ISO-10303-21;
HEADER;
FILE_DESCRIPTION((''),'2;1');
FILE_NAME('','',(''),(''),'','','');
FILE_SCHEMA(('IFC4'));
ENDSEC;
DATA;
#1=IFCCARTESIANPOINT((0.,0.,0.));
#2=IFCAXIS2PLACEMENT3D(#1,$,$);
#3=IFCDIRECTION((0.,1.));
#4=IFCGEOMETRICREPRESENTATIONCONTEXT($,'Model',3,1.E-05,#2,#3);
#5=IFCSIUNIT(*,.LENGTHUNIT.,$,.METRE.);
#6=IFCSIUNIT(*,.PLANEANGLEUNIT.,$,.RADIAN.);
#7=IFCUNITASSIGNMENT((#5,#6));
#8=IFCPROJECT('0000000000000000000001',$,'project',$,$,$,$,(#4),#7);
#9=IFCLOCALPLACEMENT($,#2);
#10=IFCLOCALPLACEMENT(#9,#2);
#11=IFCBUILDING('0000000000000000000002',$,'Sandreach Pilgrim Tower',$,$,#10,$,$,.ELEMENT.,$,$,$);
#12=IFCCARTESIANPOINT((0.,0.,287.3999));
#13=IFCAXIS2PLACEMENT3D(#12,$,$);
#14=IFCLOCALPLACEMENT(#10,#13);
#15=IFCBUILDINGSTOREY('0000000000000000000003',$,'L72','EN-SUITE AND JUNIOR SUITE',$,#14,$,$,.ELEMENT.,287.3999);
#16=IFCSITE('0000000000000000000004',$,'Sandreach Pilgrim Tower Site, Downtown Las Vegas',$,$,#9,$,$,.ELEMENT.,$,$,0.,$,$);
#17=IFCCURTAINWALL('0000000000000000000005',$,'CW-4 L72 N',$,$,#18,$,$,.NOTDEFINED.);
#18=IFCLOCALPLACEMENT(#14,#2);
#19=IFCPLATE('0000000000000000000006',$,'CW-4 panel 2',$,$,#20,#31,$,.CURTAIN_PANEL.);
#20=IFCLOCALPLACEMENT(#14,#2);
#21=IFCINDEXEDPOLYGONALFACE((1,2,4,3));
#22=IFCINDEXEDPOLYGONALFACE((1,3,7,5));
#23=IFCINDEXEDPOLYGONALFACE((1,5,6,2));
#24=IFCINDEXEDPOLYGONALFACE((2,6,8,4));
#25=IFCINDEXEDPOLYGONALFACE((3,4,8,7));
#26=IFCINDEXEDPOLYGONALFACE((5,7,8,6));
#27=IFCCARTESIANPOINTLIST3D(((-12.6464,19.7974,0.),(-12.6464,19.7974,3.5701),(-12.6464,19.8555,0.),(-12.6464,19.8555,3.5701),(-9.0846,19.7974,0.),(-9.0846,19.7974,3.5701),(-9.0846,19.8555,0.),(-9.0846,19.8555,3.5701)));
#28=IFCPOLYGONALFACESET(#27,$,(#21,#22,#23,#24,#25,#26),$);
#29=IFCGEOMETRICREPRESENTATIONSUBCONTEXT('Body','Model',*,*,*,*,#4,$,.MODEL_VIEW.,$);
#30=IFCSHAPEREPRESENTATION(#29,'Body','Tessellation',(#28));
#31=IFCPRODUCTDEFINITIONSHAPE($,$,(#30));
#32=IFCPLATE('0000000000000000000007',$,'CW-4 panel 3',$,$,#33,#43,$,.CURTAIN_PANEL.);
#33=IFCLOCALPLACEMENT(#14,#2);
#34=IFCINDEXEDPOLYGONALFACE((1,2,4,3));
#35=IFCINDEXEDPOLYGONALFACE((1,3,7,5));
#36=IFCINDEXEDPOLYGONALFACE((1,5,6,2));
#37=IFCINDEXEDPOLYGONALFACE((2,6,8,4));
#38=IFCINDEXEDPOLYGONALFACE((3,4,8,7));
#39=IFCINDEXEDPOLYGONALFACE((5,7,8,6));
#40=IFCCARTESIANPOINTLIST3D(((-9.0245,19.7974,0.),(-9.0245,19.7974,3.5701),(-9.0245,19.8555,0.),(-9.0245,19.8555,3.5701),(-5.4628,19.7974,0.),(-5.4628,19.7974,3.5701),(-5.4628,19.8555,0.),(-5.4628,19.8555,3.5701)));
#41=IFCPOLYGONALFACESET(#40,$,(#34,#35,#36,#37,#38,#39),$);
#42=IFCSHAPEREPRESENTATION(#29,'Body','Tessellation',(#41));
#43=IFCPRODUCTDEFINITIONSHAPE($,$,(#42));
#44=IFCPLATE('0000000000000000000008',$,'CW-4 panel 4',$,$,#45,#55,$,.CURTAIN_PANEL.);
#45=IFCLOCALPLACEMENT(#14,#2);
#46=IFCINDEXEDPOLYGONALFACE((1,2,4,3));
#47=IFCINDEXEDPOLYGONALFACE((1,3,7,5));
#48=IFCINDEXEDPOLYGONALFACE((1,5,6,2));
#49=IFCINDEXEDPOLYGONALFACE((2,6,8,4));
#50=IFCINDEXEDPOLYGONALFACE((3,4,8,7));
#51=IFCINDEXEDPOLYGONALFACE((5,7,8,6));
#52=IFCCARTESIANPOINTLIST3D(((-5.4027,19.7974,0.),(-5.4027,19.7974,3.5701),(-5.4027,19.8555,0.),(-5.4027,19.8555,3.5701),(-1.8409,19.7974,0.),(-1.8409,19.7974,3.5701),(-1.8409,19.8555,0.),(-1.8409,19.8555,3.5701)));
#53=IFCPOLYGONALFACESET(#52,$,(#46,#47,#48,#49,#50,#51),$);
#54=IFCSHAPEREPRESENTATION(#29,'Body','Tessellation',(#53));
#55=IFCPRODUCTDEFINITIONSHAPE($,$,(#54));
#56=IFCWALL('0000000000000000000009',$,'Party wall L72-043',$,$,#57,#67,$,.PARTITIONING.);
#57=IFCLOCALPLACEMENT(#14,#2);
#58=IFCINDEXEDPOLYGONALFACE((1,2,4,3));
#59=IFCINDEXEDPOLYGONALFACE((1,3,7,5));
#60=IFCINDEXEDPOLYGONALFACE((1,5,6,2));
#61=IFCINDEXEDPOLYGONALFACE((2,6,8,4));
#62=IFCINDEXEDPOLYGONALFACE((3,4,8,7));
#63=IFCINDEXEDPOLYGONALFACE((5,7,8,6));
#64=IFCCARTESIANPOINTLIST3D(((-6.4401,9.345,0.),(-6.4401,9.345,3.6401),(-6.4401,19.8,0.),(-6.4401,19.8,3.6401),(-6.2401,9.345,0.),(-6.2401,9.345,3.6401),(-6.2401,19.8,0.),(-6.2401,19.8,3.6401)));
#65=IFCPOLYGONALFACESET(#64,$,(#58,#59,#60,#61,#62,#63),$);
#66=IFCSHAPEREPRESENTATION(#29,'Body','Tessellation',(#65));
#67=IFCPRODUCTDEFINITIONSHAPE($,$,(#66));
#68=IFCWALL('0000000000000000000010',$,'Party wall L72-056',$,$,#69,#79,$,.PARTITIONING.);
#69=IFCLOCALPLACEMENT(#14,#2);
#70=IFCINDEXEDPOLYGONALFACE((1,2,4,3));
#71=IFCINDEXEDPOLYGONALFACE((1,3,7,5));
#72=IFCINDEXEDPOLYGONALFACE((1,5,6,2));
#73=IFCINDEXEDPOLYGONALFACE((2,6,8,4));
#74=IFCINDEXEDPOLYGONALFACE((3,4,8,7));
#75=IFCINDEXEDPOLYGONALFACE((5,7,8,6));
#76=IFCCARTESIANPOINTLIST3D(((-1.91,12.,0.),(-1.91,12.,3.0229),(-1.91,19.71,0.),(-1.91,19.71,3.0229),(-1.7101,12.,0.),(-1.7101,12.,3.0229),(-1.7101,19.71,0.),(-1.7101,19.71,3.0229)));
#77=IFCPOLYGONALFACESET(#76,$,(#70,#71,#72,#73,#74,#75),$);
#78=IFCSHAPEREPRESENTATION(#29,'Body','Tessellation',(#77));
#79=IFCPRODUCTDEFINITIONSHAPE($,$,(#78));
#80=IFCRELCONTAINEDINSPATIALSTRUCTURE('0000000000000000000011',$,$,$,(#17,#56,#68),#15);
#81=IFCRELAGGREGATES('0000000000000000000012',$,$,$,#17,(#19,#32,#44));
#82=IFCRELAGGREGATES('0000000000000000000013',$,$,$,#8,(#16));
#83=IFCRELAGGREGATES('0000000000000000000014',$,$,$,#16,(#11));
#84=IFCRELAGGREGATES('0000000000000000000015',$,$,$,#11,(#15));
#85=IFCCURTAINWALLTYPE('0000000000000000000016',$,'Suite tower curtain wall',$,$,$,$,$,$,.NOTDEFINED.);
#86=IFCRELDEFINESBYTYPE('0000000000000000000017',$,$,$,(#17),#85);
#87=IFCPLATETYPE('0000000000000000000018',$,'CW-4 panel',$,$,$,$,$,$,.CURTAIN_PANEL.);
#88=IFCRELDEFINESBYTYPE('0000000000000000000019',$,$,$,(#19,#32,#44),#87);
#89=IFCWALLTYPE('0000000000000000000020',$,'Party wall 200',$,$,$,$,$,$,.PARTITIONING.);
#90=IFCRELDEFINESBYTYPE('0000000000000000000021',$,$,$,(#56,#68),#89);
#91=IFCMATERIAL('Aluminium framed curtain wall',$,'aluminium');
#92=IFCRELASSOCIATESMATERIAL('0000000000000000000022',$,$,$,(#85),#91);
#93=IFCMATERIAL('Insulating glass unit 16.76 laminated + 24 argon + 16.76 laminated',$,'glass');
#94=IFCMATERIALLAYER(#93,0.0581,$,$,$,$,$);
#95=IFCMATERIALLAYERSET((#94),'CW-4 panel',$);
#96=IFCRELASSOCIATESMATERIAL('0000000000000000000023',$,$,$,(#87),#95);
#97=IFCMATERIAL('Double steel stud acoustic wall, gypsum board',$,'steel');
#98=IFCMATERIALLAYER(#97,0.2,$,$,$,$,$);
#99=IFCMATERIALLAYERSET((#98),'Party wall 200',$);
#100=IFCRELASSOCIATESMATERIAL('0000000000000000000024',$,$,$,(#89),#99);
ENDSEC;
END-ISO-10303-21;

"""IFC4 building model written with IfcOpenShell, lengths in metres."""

from ifc_helpers import new_model, si_unit, direction, frame, frame_2d, origin, origin_2d, place, context, subcontext, project, spatial, rectangle, extrude, material, layer, layer_set, type_object, element, aggregate, save


model = new_model("IFC4")

# Units and contexts
model_context = context("Model", 3, precision=1e-05, world=origin(), true_north=direction((0.0, 1.0)))
body_context = subcontext(model_context, "Body", "Model", "MODEL_VIEW")
ifc_project = project(units=[si_unit("LENGTHUNIT", "METRE"), si_unit("PLANEANGLEUNIT", "RADIAN")], contexts=[model_context])

# Site, building, storey
site_placement = place(None, origin())
site = spatial("IfcSite", under=ifc_project, at=site_placement, Name="Sandreach Pilgrim Tower Site, Downtown Las Vegas", CompositionType="ELEMENT", RefElevation=0.0)
building_placement = place(site_placement, origin())
building = spatial("IfcBuilding", under=site, at=building_placement, Name="Sandreach Pilgrim Tower", CompositionType="ELEMENT")
storey_placement = place(building_placement, frame((0.0, 0.0, 287.3999)))
storey = spatial("IfcBuildingStorey", under=building, at=storey_placement, Name="L72", Description="EN-SUITE AND JUNIOR SUITE", CompositionType="ELEMENT", Elevation=287.3999)

# Curtain wall
ifc_material_1 = material(Name="Aluminium framed curtain wall", Category="aluminium")
curtain_wall_type = type_object("IfcCurtainWallType", Name="Suite tower curtain wall", PredefinedType="NOTDEFINED", material=ifc_material_1)
curtain_wall_placement = place(storey_placement, origin())
curtain_wall = element("IfcCurtainWall", 1, at=curtain_wall_placement, inside=storey, type_object=curtain_wall_type, Name="CW-4 L72 N", PredefinedType="NOTDEFINED")

# Plates
ifc_material_2 = material(Name="Insulating glass unit 16.76 laminated + 24 argon + 16.76 laminated", Category="glass")
ifc_layer_1 = layer(ifc_material_2, 0.0581)
ifc_layer_set_1 = layer_set([ifc_layer_1], Name="CW-4 panel")
plate_type = type_object("IfcPlateType", Name="CW-4 panel", PredefinedType="CURTAIN_PANEL", material=ifc_layer_set_1)
plate_1_placement = place(storey_placement, frame((-10.8655, 19.8264, 0.0), z_axis=(0.0, 0.0, 1.0), x_axis=(1.0, 0.0, 0.0)))
plate_1 = element("IfcPlate", 2, at=plate_1_placement, type_object=plate_type, Name="CW-4 panel 2", PredefinedType="CURTAIN_PANEL", context=body_context, shape_type="SweptSolid", body=[
    extrude(rectangle(XDim=3.5618, YDim=0.0581, at=origin_2d()), origin(), (0.0, 0.0, 1.0), 3.5701),
])
plate_2_placement = place(storey_placement, frame((-7.2437, 19.8264, 0.0), z_axis=(0.0, 0.0, 1.0), x_axis=(1.0, 0.0, 0.0)))
plate_2 = element("IfcPlate", 3, at=plate_2_placement, type_object=plate_type, Name="CW-4 panel 3", PredefinedType="CURTAIN_PANEL", context=body_context, shape_type="SweptSolid", body=[
    extrude(rectangle(XDim=3.5618, YDim=0.0581, at=origin_2d()), origin(), (0.0, 0.0, 1.0), 3.5701),
])
plate_3_placement = place(storey_placement, frame((-3.6218, 19.8264, 0.0), z_axis=(0.0, 0.0, 1.0), x_axis=(1.0, 0.0, 0.0)))
plate_3 = element("IfcPlate", 4, at=plate_3_placement, type_object=plate_type, Name="CW-4 panel 4", PredefinedType="CURTAIN_PANEL", context=body_context, shape_type="SweptSolid", body=[
    extrude(rectangle(XDim=3.5618, YDim=0.0581, at=origin_2d()), origin(), (0.0, 0.0, 1.0), 3.5701),
])
aggregate(curtain_wall, [plate_1, plate_2, plate_3])

# Walls
ifc_material_3 = material(Name="Double steel stud acoustic wall, gypsum board", Category="steel")
ifc_layer_2 = layer(ifc_material_3, 0.2)
ifc_layer_set_2 = layer_set([ifc_layer_2], Name="Party wall 200")
wall_type = type_object("IfcWallType", Name="Party wall 200", PredefinedType="PARTITIONING", material=ifc_layer_set_2)
wall_1_placement = place(storey_placement, frame((-6.3401, 19.8, 0.0), z_axis=(0.0, 0.0, 1.0), x_axis=(0.0, -1.0, 0.0)))
element("IfcWall", 5, at=wall_1_placement, inside=storey, type_object=wall_type, Name="Party wall L72-043", PredefinedType="PARTITIONING", context=body_context, shape_type="SweptSolid", body=[
    extrude(rectangle(XDim=10.4551, YDim=0.2, at=frame_2d((5.2275, 0.0))), origin(), (0.0, 0.0, 1.0), 3.6401),
])
wall_2_placement = place(storey_placement, frame((-1.8101, 19.71, 0.0), z_axis=(0.0, 0.0, 1.0), x_axis=(0.0, -1.0, 0.0)))
element("IfcWall", 6, at=wall_2_placement, inside=storey, type_object=wall_type, Name="Party wall L72-056", PredefinedType="PARTITIONING", context=body_context, shape_type="SweptSolid", body=[
    extrude(rectangle(XDim=7.71, YDim=0.2, at=frame_2d((3.855, 0.0))), origin(), (0.0, 0.0, 1.0), 3.0229),
])

save(model, "model.ifc")
